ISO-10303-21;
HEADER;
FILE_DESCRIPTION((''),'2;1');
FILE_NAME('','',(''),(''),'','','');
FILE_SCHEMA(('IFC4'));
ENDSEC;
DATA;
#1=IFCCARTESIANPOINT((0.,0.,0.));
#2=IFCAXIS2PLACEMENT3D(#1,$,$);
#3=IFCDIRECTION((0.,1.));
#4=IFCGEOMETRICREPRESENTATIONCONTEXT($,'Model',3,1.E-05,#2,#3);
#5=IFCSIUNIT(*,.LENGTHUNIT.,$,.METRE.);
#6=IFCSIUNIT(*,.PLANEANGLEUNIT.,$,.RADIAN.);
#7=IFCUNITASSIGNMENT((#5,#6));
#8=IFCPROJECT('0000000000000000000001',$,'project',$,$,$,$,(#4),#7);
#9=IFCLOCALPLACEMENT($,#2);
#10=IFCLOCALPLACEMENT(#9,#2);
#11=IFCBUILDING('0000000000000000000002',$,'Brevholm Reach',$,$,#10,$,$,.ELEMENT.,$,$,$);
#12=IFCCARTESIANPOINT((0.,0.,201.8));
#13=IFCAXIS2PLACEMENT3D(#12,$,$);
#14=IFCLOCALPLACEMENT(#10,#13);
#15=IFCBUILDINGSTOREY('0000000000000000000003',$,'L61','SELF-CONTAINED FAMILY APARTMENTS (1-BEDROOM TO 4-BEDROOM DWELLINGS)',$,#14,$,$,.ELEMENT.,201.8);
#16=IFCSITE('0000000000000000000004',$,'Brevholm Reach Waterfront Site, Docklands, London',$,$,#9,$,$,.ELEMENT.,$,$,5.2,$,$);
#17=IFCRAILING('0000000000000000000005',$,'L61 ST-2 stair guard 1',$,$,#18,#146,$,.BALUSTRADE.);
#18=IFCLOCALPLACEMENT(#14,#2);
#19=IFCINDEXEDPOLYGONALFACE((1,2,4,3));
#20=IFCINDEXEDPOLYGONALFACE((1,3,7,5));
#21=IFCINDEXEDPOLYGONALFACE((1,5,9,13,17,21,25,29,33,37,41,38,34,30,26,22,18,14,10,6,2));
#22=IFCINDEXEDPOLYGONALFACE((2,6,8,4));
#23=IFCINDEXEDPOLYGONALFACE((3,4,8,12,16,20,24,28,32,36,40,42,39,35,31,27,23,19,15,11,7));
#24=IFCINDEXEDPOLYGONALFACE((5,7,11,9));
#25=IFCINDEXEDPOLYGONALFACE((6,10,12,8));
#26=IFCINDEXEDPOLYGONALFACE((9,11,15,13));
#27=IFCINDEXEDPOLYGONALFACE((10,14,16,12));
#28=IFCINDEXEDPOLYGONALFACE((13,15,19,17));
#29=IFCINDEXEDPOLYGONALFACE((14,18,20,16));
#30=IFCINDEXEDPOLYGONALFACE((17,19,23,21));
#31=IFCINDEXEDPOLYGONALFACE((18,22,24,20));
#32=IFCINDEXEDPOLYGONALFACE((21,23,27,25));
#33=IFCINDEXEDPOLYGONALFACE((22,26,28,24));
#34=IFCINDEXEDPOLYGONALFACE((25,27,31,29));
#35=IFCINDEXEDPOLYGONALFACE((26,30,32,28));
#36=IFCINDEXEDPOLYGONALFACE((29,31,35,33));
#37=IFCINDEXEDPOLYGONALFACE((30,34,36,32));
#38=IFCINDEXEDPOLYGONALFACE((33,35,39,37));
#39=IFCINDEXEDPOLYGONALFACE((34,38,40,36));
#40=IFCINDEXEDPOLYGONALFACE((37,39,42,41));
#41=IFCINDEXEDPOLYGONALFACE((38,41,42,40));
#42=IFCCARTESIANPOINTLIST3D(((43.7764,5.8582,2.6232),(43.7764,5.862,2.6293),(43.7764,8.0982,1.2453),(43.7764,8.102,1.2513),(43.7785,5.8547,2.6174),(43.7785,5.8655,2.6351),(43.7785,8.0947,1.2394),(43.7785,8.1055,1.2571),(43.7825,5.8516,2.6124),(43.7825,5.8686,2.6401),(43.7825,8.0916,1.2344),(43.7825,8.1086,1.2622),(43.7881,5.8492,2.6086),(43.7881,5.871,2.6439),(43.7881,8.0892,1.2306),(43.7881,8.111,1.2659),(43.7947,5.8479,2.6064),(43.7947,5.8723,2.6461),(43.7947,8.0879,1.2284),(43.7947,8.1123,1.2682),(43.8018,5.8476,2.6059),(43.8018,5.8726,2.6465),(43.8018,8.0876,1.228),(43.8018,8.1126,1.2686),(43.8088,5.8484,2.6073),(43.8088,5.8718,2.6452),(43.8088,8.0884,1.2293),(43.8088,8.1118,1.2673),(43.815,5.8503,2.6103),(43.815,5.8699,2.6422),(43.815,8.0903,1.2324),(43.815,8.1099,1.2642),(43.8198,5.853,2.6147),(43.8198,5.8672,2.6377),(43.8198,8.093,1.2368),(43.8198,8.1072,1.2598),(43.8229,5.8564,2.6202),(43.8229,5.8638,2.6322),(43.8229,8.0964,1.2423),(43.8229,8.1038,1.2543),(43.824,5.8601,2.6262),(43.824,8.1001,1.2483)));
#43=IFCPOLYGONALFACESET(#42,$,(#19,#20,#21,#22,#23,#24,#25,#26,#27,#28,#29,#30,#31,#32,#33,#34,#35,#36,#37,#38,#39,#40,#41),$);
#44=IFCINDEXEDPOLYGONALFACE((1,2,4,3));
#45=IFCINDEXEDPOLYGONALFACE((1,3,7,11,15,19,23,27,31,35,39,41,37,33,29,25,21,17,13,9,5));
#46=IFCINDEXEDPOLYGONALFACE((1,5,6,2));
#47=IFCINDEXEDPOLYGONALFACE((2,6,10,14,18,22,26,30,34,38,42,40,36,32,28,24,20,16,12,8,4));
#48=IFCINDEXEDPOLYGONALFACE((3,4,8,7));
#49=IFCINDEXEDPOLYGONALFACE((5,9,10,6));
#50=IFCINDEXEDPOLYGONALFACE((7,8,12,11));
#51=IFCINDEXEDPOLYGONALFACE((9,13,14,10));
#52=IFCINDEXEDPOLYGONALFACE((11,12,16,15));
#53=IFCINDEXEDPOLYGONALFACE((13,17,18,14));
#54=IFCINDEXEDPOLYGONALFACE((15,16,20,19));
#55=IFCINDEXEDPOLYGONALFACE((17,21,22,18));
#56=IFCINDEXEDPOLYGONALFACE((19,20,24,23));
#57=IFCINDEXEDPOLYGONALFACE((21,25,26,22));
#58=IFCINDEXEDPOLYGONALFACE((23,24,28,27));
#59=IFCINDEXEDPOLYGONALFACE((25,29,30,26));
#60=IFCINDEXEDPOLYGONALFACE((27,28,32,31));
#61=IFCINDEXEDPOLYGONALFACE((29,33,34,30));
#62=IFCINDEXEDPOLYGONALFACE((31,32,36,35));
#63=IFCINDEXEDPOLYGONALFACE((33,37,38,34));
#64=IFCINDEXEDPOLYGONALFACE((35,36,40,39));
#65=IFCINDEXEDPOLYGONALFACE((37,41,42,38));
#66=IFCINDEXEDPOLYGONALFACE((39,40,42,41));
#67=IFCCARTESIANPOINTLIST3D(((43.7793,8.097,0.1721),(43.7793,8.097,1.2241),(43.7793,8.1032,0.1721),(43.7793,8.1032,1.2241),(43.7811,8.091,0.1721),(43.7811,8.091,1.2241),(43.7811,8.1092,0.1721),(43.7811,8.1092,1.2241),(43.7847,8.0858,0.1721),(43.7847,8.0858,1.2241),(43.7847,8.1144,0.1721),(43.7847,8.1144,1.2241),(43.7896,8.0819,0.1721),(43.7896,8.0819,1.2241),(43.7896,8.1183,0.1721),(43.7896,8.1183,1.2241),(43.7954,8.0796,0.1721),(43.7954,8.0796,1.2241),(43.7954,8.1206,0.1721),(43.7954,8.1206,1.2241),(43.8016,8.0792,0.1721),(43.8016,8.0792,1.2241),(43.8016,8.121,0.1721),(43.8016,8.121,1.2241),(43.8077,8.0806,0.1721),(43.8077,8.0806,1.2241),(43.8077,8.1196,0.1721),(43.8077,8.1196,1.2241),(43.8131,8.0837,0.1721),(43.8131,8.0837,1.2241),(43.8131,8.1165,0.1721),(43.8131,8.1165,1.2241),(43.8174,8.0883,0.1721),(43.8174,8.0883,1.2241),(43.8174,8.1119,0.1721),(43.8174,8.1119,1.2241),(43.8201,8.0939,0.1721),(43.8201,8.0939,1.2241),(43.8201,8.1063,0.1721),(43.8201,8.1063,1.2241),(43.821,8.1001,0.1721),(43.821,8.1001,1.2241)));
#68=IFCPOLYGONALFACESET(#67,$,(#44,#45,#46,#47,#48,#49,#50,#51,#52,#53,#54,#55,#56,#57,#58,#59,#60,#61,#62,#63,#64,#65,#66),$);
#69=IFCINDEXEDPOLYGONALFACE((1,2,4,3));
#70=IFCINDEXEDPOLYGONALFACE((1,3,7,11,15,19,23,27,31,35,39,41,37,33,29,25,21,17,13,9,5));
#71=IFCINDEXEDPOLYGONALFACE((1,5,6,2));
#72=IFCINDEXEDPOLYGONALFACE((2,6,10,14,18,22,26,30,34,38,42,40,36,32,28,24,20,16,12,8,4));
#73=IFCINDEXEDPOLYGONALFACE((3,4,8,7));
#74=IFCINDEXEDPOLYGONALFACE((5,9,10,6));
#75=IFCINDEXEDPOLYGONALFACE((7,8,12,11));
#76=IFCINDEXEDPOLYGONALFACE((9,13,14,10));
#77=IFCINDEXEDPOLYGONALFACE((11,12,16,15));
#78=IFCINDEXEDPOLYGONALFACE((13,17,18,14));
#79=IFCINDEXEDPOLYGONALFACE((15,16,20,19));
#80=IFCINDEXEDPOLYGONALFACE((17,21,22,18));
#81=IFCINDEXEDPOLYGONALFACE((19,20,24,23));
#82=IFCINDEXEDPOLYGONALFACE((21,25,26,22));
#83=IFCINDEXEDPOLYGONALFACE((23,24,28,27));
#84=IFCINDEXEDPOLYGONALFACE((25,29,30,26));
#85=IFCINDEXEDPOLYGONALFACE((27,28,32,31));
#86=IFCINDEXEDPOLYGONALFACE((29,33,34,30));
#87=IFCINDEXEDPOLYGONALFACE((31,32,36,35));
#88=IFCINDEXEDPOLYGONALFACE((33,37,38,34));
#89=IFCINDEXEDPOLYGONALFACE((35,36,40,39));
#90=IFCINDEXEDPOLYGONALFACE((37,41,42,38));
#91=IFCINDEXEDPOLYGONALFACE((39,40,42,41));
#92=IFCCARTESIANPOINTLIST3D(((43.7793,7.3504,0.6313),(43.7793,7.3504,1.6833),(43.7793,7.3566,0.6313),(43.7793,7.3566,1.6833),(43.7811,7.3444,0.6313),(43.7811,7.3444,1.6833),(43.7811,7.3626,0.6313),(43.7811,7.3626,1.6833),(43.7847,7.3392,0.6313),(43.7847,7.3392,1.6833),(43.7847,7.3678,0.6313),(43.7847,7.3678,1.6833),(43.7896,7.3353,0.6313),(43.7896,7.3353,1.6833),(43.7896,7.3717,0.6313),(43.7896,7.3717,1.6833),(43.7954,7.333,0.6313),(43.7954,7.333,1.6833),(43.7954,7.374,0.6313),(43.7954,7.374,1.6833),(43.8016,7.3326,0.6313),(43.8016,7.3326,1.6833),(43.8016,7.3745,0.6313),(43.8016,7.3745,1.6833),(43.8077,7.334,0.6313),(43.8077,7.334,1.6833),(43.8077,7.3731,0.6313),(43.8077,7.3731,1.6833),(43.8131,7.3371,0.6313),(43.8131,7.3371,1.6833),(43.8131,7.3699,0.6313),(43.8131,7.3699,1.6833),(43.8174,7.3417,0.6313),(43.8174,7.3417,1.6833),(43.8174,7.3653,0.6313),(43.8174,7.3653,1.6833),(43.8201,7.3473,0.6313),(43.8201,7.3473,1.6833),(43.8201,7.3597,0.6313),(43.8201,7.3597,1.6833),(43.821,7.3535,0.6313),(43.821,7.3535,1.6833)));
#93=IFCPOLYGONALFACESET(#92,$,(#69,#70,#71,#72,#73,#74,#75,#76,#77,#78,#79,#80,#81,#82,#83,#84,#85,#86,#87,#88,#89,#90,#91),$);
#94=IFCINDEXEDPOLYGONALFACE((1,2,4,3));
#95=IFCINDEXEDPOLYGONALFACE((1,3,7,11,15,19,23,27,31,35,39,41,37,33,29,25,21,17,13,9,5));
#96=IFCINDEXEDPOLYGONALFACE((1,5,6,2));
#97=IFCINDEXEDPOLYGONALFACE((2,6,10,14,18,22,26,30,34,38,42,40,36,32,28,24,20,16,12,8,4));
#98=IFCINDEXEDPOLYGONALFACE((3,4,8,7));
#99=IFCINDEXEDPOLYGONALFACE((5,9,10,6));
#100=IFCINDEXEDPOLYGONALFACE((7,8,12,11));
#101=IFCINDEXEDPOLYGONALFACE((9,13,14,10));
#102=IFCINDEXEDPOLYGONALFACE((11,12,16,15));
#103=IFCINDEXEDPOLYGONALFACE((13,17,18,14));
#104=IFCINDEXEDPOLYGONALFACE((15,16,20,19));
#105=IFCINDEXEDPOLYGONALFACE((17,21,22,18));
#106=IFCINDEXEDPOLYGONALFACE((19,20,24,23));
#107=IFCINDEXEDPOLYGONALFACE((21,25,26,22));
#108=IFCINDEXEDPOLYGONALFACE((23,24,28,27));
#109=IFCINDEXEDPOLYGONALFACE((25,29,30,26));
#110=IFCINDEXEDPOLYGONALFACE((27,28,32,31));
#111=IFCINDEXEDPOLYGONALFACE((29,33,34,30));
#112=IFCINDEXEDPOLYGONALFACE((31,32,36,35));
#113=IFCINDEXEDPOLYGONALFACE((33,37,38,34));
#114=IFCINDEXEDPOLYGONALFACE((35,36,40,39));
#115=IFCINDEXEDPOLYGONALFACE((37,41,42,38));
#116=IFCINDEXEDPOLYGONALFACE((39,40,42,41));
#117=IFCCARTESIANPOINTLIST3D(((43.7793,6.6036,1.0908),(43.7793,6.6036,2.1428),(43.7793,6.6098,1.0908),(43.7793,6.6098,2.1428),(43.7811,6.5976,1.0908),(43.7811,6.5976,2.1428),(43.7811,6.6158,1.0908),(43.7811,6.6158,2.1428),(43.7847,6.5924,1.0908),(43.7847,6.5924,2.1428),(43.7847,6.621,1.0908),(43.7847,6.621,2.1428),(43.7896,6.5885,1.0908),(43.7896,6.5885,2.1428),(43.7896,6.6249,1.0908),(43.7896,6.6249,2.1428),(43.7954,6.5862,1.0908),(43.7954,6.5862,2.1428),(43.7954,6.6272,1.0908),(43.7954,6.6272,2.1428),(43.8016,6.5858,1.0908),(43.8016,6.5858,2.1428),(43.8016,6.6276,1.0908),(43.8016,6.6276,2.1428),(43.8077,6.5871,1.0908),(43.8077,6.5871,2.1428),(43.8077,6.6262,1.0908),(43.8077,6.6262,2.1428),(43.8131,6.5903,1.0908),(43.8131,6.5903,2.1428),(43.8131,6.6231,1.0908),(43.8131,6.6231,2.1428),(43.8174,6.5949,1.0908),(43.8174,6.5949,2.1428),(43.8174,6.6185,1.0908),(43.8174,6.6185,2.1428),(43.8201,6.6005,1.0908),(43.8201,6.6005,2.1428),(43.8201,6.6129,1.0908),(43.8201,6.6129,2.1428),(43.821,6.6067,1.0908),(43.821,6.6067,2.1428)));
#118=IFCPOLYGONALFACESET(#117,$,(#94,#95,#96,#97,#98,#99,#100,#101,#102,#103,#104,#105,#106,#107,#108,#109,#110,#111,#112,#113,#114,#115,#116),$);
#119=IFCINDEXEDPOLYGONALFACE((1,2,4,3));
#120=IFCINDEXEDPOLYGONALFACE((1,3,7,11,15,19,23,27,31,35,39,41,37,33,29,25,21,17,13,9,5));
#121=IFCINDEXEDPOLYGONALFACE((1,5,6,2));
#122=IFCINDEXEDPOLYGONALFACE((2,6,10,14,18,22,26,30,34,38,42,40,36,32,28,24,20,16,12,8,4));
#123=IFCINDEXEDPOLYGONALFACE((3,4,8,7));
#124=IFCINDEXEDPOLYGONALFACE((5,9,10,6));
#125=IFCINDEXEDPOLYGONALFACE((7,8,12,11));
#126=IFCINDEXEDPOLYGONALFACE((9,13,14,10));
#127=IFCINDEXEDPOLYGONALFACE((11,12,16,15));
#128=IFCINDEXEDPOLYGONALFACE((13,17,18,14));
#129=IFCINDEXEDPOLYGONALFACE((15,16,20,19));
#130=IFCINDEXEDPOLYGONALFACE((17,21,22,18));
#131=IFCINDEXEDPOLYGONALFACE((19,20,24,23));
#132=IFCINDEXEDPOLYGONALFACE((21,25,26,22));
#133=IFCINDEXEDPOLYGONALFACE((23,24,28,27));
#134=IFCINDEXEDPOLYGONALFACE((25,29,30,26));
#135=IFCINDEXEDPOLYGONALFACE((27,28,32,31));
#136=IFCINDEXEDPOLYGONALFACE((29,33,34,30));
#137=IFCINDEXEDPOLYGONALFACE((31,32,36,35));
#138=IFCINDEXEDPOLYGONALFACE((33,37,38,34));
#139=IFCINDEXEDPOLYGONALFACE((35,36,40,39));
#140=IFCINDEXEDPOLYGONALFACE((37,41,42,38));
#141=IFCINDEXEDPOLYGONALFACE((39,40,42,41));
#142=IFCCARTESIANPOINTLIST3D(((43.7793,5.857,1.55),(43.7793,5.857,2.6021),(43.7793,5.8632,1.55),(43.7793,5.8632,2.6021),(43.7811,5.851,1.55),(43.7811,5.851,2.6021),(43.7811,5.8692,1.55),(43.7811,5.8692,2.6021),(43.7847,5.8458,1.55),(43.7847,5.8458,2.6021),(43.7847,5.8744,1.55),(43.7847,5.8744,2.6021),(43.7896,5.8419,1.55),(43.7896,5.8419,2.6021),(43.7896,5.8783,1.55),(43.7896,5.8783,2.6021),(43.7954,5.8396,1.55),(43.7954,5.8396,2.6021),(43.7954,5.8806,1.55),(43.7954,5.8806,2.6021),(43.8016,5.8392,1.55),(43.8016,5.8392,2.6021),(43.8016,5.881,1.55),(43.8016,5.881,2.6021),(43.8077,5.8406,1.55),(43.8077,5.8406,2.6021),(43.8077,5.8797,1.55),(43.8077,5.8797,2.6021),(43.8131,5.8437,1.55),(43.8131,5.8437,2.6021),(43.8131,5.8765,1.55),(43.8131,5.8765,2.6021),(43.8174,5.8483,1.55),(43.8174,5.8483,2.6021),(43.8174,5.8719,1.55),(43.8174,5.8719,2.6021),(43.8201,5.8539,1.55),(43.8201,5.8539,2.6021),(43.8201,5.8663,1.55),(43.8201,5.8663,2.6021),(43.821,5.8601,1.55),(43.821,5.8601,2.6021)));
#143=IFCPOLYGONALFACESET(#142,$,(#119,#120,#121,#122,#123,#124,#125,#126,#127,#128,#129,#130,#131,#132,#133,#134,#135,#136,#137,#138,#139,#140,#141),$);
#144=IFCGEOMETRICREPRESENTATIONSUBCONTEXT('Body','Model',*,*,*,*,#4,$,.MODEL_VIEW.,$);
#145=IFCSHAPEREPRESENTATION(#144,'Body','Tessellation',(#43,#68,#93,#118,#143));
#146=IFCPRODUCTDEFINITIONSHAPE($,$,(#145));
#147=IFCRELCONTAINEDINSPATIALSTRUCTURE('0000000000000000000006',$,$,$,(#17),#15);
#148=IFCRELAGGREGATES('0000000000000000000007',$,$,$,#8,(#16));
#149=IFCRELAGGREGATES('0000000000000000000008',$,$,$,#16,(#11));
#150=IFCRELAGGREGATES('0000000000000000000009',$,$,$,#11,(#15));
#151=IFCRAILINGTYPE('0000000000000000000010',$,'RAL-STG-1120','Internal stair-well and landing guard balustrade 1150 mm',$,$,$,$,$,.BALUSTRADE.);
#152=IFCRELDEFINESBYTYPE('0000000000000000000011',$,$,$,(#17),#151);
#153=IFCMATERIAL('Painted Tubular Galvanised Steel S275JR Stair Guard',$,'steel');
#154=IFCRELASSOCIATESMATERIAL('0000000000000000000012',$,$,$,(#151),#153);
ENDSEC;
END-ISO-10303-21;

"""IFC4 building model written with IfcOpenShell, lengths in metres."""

from ifc_helpers import new_model, si_unit, direction, frame, origin, origin_2d, place, context, subcontext, project, spatial, circle, extrude, material, type_object, element, save


model = new_model("IFC4")

# Units and contexts
model_context = context("Model", 3, precision=1e-05, world=origin(), true_north=direction((0.0, 1.0)))
body_context = subcontext(model_context, "Body", "Model", "MODEL_VIEW")
ifc_project = project(units=[si_unit("LENGTHUNIT", "METRE"), si_unit("PLANEANGLEUNIT", "RADIAN")], contexts=[model_context])

# Site, building, storey
site_placement = place(None, origin())
site = spatial("IfcSite", under=ifc_project, at=site_placement, Name="Brevholm Reach Waterfront Site, Docklands, London", CompositionType="ELEMENT", RefElevation=5.2)
building_placement = place(site_placement, origin())
building = spatial("IfcBuilding", under=site, at=building_placement, Name="Brevholm Reach", CompositionType="ELEMENT")
storey_placement = place(building_placement, frame((0.0, 0.0, 201.8)))
storey = spatial("IfcBuildingStorey", under=building, at=storey_placement, Name="L61", Description="SELF-CONTAINED FAMILY APARTMENTS (1-BEDROOM TO 4-BEDROOM DWELLINGS)", CompositionType="ELEMENT", Elevation=201.8)

# Railing
ifc_material_1 = material(Name="Painted Tubular Galvanised Steel S275JR Stair Guard", Category="steel")
railing_type_1 = type_object("IfcRailingType", Name="RAL-STG-1120", Description="Internal stair-well and landing guard balustrade 1150 mm", PredefinedType="BALUSTRADE", material=ifc_material_1)
railing_1_placement = place(storey_placement, frame((43.8, 8.1001, 0.1721)))
element("IfcRailing", 1, at=railing_1_placement, inside=storey, type_object=railing_type_1, Name="L61 ST-2 stair guard 1", PredefinedType="BALUSTRADE", context=body_context, shape_type="SweptSolid", body=[
    extrude(circle(Radius=0.0239, at=origin_2d()), frame((0.0, 0.0, 1.0762), z_axis=(0.0, -0.851748, 0.523952), x_axis=(1.0, 0.0, 0.0)), (0.0, 0.0, 1.0), 2.6299),
    extrude(circle(Radius=0.021, at=origin_2d()), origin(), (0.0, 0.0, 1.0), 1.052),
    extrude(circle(Radius=0.021, at=origin_2d()), frame((0.0, -0.7466, 0.4592)), (0.0, 0.0, 1.0), 1.052),
    extrude(circle(Radius=0.021, at=origin_2d()), frame((0.0, -1.4934, 0.9187)), (0.0, 0.0, 1.0), 1.052),
    extrude(circle(Radius=0.021, at=origin_2d()), frame((0.0, -2.24, 1.3779)), (0.0, 0.0, 1.0), 1.052),
])

save(model, "model.ifc")
